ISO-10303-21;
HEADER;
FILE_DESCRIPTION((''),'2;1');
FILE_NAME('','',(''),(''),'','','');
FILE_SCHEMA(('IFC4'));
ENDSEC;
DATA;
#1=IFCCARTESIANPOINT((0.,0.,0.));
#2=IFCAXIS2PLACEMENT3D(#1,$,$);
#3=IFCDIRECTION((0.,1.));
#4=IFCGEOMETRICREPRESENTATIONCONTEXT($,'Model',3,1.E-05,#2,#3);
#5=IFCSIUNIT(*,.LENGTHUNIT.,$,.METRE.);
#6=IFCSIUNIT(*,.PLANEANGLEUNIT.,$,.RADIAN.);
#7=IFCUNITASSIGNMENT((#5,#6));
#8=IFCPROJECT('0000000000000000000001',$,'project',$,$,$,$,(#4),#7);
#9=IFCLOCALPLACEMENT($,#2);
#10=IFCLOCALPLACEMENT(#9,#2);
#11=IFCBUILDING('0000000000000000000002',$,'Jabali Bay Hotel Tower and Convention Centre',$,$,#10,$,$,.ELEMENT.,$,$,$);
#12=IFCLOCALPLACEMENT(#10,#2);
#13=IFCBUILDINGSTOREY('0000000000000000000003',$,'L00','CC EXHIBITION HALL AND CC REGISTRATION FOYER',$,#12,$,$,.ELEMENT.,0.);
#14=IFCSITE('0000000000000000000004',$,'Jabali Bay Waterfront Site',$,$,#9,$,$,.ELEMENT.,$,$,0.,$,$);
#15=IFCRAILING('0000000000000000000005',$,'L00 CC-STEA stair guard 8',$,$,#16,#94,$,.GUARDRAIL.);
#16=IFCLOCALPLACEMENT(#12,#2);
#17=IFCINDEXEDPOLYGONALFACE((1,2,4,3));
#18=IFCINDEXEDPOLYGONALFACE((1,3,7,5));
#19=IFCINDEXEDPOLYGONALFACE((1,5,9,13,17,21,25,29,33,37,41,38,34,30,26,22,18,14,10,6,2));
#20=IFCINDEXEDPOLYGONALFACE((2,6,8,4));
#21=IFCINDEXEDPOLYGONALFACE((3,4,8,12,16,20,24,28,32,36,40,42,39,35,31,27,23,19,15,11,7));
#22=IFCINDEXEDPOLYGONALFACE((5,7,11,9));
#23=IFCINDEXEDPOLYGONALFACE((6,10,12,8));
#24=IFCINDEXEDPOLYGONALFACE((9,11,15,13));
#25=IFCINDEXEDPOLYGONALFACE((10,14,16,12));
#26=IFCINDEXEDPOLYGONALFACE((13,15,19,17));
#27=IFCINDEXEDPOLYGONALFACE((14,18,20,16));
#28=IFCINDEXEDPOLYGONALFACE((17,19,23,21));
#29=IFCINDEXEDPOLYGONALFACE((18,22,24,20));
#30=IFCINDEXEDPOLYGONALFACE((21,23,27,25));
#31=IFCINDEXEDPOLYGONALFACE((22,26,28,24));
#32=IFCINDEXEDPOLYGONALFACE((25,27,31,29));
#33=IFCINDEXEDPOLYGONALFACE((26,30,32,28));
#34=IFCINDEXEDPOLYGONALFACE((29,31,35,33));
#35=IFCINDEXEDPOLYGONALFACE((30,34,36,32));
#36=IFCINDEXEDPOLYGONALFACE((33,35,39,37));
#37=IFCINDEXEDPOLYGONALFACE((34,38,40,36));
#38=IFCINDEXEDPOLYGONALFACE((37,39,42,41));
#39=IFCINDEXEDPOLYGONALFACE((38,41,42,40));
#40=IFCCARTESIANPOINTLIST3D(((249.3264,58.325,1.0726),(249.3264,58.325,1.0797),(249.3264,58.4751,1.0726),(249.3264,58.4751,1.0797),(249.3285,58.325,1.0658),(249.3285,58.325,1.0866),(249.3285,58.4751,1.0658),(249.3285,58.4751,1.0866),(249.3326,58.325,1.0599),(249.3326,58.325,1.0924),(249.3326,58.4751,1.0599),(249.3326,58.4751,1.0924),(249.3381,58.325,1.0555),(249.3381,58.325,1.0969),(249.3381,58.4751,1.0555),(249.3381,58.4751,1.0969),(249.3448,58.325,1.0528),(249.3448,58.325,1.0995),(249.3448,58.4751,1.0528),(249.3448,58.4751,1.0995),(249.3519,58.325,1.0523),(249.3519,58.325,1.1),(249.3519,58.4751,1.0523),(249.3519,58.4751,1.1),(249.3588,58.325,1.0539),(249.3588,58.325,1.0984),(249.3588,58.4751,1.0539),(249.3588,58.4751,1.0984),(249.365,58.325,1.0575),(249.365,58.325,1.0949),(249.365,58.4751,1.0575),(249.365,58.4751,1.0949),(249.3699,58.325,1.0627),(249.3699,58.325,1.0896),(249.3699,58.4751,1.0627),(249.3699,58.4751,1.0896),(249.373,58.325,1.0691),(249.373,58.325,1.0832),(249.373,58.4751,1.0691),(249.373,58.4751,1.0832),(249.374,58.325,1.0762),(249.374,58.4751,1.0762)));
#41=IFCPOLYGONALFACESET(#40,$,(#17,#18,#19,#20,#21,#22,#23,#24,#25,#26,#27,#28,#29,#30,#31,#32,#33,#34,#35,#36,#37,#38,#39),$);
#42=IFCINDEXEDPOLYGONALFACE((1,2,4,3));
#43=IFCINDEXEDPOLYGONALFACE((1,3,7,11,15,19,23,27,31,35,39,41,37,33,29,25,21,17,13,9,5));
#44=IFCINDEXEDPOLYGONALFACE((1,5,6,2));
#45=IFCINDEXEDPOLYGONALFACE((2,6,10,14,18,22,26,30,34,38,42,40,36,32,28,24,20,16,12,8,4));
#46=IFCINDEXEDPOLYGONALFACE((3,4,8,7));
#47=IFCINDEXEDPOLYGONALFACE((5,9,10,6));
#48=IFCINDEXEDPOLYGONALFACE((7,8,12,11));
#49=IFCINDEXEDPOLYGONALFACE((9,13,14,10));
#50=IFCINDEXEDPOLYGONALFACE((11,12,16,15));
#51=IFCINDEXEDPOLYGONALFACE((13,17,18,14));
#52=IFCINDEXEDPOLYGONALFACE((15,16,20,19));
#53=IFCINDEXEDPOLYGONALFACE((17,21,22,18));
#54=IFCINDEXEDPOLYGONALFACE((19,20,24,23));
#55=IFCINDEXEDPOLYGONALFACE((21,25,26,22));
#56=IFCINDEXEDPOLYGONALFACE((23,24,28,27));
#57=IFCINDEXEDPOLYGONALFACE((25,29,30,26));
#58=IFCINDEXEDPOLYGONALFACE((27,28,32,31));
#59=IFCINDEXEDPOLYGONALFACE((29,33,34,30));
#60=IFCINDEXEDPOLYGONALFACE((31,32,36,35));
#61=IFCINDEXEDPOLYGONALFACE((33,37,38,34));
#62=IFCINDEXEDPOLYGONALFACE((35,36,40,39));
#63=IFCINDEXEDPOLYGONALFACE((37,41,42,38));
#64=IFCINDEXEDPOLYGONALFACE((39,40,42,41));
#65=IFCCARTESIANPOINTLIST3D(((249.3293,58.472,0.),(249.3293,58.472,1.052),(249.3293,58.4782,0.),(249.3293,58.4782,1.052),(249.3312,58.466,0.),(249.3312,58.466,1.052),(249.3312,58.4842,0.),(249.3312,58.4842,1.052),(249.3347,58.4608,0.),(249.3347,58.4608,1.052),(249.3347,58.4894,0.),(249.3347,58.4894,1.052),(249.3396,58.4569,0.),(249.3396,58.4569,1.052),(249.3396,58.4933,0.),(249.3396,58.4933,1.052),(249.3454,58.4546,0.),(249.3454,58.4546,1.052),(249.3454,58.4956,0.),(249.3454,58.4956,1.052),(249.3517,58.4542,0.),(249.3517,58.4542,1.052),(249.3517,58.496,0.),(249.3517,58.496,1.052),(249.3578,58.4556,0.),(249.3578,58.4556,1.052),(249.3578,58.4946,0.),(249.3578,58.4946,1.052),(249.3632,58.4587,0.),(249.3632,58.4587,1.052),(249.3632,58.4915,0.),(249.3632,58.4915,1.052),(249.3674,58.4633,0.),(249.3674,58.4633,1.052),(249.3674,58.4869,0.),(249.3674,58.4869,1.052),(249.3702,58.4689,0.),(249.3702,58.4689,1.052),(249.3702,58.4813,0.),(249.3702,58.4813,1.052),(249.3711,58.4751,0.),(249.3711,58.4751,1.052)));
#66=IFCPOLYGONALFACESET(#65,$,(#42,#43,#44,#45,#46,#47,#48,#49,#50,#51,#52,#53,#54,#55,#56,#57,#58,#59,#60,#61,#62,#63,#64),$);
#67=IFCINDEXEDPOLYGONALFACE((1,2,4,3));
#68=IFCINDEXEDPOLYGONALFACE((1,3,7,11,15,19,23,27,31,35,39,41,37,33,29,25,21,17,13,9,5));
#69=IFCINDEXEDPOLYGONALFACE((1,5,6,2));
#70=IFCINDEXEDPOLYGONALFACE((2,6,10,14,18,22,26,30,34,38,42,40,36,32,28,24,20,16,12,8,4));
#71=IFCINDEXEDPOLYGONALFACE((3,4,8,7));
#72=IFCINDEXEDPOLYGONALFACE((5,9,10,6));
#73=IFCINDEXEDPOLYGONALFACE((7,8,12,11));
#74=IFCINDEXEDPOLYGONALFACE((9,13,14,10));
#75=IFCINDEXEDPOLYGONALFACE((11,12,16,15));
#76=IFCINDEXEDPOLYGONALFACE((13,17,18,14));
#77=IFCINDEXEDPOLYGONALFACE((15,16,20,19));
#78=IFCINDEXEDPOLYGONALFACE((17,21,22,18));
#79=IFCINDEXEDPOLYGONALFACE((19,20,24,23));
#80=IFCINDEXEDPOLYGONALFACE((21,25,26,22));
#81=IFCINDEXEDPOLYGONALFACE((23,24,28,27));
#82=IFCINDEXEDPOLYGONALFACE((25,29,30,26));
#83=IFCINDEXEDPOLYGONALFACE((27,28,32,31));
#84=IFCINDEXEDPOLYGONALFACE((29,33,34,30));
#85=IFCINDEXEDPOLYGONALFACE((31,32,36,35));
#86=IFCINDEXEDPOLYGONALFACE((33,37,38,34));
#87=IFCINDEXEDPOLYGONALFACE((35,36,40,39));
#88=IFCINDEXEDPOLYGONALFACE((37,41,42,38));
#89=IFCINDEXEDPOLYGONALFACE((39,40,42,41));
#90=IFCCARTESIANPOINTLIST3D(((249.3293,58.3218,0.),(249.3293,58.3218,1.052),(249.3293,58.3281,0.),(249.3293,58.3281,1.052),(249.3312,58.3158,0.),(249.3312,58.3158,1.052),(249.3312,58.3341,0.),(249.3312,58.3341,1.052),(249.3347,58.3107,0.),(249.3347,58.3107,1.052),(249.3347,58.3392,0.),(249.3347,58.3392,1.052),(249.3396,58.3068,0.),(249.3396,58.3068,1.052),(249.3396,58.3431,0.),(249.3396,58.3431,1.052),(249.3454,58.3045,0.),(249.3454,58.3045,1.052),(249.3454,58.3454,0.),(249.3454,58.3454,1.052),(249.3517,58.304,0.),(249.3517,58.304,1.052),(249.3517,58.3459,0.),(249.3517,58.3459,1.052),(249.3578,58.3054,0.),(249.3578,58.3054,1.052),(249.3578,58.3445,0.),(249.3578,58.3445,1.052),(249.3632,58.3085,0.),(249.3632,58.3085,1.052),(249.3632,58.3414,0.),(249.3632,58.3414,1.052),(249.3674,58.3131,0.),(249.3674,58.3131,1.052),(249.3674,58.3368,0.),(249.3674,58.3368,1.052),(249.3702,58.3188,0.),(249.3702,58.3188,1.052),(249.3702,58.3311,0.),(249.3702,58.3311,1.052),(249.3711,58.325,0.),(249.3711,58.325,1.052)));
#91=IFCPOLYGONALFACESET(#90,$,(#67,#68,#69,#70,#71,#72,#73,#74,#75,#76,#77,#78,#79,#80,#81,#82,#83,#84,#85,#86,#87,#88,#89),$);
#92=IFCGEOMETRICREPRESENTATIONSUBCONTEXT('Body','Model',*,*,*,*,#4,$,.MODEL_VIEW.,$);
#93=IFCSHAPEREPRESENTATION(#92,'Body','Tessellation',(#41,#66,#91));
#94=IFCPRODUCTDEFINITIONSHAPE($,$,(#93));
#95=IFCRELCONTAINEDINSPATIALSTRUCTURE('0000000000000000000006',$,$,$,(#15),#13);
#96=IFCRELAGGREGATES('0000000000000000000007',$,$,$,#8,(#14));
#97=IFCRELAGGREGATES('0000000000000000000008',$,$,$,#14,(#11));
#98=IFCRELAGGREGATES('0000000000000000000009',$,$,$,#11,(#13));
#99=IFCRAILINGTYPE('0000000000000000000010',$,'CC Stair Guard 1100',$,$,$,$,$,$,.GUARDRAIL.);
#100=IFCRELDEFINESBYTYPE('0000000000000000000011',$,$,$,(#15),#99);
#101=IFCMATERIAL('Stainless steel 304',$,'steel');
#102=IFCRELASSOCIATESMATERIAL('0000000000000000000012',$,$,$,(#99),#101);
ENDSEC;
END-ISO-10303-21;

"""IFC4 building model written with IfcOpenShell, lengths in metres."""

from ifc_helpers import new_model, si_unit, direction, frame, origin, origin_2d, place, context, subcontext, project, spatial, circle, extrude, material, type_object, element, save


model = new_model("IFC4")

# Units and contexts
model_context = context("Model", 3, precision=1e-05, world=origin(), true_north=direction((0.0, 1.0)))
body_context = subcontext(model_context, "Body", "Model", "MODEL_VIEW")
ifc_project = project(units=[si_unit("LENGTHUNIT", "METRE"), si_unit("PLANEANGLEUNIT", "RADIAN")], contexts=[model_context])

# Site, building, storey
site_placement = place(None, origin())
site = spatial("IfcSite", under=ifc_project, at=site_placement, Name="Jabali Bay Waterfront Site", CompositionType="ELEMENT", RefElevation=0.0)
building_placement = place(site_placement, origin())
building = spatial("IfcBuilding", under=site, at=building_placement, Name="Jabali Bay Hotel Tower and Convention Centre", CompositionType="ELEMENT")
storey_placement = place(building_placement, origin())
storey = spatial("IfcBuildingStorey", under=building, at=storey_placement, Name="L00", Description="CC EXHIBITION HALL AND CC REGISTRATION FOYER", CompositionType="ELEMENT", Elevation=0.0)

# Railing
ifc_material_1 = material(Name="Stainless steel 304", Category="steel")
railing_type_1 = type_object("IfcRailingType", Name="CC Stair Guard 1100", PredefinedType="GUARDRAIL", material=ifc_material_1)
railing_1_placement = place(storey_placement, frame((249.3501, 58.4751, 0.0)))
element("IfcRailing", 1, at=railing_1_placement, inside=storey, type_object=railing_type_1, Name="L00 CC-STEA stair guard 8", PredefinedType="GUARDRAIL", context=body_context, shape_type="SweptSolid", body=[
    extrude(circle(Radius=0.0239, at=origin_2d()), frame((0.0, 0.0, 1.0762), z_axis=(0.0, -1.0, 0.0), x_axis=(1.0, 0.0, 0.0)), (0.0, 0.0, 1.0), 0.1501),
    extrude(circle(Radius=0.021, at=origin_2d()), origin(), (0.0, 0.0, 1.0), 1.052),
    extrude(circle(Radius=0.021, at=origin_2d()), frame((0.0, -0.1501, 0.0)), (0.0, 0.0, 1.0), 1.052),
])

save(model, "model.ifc")
